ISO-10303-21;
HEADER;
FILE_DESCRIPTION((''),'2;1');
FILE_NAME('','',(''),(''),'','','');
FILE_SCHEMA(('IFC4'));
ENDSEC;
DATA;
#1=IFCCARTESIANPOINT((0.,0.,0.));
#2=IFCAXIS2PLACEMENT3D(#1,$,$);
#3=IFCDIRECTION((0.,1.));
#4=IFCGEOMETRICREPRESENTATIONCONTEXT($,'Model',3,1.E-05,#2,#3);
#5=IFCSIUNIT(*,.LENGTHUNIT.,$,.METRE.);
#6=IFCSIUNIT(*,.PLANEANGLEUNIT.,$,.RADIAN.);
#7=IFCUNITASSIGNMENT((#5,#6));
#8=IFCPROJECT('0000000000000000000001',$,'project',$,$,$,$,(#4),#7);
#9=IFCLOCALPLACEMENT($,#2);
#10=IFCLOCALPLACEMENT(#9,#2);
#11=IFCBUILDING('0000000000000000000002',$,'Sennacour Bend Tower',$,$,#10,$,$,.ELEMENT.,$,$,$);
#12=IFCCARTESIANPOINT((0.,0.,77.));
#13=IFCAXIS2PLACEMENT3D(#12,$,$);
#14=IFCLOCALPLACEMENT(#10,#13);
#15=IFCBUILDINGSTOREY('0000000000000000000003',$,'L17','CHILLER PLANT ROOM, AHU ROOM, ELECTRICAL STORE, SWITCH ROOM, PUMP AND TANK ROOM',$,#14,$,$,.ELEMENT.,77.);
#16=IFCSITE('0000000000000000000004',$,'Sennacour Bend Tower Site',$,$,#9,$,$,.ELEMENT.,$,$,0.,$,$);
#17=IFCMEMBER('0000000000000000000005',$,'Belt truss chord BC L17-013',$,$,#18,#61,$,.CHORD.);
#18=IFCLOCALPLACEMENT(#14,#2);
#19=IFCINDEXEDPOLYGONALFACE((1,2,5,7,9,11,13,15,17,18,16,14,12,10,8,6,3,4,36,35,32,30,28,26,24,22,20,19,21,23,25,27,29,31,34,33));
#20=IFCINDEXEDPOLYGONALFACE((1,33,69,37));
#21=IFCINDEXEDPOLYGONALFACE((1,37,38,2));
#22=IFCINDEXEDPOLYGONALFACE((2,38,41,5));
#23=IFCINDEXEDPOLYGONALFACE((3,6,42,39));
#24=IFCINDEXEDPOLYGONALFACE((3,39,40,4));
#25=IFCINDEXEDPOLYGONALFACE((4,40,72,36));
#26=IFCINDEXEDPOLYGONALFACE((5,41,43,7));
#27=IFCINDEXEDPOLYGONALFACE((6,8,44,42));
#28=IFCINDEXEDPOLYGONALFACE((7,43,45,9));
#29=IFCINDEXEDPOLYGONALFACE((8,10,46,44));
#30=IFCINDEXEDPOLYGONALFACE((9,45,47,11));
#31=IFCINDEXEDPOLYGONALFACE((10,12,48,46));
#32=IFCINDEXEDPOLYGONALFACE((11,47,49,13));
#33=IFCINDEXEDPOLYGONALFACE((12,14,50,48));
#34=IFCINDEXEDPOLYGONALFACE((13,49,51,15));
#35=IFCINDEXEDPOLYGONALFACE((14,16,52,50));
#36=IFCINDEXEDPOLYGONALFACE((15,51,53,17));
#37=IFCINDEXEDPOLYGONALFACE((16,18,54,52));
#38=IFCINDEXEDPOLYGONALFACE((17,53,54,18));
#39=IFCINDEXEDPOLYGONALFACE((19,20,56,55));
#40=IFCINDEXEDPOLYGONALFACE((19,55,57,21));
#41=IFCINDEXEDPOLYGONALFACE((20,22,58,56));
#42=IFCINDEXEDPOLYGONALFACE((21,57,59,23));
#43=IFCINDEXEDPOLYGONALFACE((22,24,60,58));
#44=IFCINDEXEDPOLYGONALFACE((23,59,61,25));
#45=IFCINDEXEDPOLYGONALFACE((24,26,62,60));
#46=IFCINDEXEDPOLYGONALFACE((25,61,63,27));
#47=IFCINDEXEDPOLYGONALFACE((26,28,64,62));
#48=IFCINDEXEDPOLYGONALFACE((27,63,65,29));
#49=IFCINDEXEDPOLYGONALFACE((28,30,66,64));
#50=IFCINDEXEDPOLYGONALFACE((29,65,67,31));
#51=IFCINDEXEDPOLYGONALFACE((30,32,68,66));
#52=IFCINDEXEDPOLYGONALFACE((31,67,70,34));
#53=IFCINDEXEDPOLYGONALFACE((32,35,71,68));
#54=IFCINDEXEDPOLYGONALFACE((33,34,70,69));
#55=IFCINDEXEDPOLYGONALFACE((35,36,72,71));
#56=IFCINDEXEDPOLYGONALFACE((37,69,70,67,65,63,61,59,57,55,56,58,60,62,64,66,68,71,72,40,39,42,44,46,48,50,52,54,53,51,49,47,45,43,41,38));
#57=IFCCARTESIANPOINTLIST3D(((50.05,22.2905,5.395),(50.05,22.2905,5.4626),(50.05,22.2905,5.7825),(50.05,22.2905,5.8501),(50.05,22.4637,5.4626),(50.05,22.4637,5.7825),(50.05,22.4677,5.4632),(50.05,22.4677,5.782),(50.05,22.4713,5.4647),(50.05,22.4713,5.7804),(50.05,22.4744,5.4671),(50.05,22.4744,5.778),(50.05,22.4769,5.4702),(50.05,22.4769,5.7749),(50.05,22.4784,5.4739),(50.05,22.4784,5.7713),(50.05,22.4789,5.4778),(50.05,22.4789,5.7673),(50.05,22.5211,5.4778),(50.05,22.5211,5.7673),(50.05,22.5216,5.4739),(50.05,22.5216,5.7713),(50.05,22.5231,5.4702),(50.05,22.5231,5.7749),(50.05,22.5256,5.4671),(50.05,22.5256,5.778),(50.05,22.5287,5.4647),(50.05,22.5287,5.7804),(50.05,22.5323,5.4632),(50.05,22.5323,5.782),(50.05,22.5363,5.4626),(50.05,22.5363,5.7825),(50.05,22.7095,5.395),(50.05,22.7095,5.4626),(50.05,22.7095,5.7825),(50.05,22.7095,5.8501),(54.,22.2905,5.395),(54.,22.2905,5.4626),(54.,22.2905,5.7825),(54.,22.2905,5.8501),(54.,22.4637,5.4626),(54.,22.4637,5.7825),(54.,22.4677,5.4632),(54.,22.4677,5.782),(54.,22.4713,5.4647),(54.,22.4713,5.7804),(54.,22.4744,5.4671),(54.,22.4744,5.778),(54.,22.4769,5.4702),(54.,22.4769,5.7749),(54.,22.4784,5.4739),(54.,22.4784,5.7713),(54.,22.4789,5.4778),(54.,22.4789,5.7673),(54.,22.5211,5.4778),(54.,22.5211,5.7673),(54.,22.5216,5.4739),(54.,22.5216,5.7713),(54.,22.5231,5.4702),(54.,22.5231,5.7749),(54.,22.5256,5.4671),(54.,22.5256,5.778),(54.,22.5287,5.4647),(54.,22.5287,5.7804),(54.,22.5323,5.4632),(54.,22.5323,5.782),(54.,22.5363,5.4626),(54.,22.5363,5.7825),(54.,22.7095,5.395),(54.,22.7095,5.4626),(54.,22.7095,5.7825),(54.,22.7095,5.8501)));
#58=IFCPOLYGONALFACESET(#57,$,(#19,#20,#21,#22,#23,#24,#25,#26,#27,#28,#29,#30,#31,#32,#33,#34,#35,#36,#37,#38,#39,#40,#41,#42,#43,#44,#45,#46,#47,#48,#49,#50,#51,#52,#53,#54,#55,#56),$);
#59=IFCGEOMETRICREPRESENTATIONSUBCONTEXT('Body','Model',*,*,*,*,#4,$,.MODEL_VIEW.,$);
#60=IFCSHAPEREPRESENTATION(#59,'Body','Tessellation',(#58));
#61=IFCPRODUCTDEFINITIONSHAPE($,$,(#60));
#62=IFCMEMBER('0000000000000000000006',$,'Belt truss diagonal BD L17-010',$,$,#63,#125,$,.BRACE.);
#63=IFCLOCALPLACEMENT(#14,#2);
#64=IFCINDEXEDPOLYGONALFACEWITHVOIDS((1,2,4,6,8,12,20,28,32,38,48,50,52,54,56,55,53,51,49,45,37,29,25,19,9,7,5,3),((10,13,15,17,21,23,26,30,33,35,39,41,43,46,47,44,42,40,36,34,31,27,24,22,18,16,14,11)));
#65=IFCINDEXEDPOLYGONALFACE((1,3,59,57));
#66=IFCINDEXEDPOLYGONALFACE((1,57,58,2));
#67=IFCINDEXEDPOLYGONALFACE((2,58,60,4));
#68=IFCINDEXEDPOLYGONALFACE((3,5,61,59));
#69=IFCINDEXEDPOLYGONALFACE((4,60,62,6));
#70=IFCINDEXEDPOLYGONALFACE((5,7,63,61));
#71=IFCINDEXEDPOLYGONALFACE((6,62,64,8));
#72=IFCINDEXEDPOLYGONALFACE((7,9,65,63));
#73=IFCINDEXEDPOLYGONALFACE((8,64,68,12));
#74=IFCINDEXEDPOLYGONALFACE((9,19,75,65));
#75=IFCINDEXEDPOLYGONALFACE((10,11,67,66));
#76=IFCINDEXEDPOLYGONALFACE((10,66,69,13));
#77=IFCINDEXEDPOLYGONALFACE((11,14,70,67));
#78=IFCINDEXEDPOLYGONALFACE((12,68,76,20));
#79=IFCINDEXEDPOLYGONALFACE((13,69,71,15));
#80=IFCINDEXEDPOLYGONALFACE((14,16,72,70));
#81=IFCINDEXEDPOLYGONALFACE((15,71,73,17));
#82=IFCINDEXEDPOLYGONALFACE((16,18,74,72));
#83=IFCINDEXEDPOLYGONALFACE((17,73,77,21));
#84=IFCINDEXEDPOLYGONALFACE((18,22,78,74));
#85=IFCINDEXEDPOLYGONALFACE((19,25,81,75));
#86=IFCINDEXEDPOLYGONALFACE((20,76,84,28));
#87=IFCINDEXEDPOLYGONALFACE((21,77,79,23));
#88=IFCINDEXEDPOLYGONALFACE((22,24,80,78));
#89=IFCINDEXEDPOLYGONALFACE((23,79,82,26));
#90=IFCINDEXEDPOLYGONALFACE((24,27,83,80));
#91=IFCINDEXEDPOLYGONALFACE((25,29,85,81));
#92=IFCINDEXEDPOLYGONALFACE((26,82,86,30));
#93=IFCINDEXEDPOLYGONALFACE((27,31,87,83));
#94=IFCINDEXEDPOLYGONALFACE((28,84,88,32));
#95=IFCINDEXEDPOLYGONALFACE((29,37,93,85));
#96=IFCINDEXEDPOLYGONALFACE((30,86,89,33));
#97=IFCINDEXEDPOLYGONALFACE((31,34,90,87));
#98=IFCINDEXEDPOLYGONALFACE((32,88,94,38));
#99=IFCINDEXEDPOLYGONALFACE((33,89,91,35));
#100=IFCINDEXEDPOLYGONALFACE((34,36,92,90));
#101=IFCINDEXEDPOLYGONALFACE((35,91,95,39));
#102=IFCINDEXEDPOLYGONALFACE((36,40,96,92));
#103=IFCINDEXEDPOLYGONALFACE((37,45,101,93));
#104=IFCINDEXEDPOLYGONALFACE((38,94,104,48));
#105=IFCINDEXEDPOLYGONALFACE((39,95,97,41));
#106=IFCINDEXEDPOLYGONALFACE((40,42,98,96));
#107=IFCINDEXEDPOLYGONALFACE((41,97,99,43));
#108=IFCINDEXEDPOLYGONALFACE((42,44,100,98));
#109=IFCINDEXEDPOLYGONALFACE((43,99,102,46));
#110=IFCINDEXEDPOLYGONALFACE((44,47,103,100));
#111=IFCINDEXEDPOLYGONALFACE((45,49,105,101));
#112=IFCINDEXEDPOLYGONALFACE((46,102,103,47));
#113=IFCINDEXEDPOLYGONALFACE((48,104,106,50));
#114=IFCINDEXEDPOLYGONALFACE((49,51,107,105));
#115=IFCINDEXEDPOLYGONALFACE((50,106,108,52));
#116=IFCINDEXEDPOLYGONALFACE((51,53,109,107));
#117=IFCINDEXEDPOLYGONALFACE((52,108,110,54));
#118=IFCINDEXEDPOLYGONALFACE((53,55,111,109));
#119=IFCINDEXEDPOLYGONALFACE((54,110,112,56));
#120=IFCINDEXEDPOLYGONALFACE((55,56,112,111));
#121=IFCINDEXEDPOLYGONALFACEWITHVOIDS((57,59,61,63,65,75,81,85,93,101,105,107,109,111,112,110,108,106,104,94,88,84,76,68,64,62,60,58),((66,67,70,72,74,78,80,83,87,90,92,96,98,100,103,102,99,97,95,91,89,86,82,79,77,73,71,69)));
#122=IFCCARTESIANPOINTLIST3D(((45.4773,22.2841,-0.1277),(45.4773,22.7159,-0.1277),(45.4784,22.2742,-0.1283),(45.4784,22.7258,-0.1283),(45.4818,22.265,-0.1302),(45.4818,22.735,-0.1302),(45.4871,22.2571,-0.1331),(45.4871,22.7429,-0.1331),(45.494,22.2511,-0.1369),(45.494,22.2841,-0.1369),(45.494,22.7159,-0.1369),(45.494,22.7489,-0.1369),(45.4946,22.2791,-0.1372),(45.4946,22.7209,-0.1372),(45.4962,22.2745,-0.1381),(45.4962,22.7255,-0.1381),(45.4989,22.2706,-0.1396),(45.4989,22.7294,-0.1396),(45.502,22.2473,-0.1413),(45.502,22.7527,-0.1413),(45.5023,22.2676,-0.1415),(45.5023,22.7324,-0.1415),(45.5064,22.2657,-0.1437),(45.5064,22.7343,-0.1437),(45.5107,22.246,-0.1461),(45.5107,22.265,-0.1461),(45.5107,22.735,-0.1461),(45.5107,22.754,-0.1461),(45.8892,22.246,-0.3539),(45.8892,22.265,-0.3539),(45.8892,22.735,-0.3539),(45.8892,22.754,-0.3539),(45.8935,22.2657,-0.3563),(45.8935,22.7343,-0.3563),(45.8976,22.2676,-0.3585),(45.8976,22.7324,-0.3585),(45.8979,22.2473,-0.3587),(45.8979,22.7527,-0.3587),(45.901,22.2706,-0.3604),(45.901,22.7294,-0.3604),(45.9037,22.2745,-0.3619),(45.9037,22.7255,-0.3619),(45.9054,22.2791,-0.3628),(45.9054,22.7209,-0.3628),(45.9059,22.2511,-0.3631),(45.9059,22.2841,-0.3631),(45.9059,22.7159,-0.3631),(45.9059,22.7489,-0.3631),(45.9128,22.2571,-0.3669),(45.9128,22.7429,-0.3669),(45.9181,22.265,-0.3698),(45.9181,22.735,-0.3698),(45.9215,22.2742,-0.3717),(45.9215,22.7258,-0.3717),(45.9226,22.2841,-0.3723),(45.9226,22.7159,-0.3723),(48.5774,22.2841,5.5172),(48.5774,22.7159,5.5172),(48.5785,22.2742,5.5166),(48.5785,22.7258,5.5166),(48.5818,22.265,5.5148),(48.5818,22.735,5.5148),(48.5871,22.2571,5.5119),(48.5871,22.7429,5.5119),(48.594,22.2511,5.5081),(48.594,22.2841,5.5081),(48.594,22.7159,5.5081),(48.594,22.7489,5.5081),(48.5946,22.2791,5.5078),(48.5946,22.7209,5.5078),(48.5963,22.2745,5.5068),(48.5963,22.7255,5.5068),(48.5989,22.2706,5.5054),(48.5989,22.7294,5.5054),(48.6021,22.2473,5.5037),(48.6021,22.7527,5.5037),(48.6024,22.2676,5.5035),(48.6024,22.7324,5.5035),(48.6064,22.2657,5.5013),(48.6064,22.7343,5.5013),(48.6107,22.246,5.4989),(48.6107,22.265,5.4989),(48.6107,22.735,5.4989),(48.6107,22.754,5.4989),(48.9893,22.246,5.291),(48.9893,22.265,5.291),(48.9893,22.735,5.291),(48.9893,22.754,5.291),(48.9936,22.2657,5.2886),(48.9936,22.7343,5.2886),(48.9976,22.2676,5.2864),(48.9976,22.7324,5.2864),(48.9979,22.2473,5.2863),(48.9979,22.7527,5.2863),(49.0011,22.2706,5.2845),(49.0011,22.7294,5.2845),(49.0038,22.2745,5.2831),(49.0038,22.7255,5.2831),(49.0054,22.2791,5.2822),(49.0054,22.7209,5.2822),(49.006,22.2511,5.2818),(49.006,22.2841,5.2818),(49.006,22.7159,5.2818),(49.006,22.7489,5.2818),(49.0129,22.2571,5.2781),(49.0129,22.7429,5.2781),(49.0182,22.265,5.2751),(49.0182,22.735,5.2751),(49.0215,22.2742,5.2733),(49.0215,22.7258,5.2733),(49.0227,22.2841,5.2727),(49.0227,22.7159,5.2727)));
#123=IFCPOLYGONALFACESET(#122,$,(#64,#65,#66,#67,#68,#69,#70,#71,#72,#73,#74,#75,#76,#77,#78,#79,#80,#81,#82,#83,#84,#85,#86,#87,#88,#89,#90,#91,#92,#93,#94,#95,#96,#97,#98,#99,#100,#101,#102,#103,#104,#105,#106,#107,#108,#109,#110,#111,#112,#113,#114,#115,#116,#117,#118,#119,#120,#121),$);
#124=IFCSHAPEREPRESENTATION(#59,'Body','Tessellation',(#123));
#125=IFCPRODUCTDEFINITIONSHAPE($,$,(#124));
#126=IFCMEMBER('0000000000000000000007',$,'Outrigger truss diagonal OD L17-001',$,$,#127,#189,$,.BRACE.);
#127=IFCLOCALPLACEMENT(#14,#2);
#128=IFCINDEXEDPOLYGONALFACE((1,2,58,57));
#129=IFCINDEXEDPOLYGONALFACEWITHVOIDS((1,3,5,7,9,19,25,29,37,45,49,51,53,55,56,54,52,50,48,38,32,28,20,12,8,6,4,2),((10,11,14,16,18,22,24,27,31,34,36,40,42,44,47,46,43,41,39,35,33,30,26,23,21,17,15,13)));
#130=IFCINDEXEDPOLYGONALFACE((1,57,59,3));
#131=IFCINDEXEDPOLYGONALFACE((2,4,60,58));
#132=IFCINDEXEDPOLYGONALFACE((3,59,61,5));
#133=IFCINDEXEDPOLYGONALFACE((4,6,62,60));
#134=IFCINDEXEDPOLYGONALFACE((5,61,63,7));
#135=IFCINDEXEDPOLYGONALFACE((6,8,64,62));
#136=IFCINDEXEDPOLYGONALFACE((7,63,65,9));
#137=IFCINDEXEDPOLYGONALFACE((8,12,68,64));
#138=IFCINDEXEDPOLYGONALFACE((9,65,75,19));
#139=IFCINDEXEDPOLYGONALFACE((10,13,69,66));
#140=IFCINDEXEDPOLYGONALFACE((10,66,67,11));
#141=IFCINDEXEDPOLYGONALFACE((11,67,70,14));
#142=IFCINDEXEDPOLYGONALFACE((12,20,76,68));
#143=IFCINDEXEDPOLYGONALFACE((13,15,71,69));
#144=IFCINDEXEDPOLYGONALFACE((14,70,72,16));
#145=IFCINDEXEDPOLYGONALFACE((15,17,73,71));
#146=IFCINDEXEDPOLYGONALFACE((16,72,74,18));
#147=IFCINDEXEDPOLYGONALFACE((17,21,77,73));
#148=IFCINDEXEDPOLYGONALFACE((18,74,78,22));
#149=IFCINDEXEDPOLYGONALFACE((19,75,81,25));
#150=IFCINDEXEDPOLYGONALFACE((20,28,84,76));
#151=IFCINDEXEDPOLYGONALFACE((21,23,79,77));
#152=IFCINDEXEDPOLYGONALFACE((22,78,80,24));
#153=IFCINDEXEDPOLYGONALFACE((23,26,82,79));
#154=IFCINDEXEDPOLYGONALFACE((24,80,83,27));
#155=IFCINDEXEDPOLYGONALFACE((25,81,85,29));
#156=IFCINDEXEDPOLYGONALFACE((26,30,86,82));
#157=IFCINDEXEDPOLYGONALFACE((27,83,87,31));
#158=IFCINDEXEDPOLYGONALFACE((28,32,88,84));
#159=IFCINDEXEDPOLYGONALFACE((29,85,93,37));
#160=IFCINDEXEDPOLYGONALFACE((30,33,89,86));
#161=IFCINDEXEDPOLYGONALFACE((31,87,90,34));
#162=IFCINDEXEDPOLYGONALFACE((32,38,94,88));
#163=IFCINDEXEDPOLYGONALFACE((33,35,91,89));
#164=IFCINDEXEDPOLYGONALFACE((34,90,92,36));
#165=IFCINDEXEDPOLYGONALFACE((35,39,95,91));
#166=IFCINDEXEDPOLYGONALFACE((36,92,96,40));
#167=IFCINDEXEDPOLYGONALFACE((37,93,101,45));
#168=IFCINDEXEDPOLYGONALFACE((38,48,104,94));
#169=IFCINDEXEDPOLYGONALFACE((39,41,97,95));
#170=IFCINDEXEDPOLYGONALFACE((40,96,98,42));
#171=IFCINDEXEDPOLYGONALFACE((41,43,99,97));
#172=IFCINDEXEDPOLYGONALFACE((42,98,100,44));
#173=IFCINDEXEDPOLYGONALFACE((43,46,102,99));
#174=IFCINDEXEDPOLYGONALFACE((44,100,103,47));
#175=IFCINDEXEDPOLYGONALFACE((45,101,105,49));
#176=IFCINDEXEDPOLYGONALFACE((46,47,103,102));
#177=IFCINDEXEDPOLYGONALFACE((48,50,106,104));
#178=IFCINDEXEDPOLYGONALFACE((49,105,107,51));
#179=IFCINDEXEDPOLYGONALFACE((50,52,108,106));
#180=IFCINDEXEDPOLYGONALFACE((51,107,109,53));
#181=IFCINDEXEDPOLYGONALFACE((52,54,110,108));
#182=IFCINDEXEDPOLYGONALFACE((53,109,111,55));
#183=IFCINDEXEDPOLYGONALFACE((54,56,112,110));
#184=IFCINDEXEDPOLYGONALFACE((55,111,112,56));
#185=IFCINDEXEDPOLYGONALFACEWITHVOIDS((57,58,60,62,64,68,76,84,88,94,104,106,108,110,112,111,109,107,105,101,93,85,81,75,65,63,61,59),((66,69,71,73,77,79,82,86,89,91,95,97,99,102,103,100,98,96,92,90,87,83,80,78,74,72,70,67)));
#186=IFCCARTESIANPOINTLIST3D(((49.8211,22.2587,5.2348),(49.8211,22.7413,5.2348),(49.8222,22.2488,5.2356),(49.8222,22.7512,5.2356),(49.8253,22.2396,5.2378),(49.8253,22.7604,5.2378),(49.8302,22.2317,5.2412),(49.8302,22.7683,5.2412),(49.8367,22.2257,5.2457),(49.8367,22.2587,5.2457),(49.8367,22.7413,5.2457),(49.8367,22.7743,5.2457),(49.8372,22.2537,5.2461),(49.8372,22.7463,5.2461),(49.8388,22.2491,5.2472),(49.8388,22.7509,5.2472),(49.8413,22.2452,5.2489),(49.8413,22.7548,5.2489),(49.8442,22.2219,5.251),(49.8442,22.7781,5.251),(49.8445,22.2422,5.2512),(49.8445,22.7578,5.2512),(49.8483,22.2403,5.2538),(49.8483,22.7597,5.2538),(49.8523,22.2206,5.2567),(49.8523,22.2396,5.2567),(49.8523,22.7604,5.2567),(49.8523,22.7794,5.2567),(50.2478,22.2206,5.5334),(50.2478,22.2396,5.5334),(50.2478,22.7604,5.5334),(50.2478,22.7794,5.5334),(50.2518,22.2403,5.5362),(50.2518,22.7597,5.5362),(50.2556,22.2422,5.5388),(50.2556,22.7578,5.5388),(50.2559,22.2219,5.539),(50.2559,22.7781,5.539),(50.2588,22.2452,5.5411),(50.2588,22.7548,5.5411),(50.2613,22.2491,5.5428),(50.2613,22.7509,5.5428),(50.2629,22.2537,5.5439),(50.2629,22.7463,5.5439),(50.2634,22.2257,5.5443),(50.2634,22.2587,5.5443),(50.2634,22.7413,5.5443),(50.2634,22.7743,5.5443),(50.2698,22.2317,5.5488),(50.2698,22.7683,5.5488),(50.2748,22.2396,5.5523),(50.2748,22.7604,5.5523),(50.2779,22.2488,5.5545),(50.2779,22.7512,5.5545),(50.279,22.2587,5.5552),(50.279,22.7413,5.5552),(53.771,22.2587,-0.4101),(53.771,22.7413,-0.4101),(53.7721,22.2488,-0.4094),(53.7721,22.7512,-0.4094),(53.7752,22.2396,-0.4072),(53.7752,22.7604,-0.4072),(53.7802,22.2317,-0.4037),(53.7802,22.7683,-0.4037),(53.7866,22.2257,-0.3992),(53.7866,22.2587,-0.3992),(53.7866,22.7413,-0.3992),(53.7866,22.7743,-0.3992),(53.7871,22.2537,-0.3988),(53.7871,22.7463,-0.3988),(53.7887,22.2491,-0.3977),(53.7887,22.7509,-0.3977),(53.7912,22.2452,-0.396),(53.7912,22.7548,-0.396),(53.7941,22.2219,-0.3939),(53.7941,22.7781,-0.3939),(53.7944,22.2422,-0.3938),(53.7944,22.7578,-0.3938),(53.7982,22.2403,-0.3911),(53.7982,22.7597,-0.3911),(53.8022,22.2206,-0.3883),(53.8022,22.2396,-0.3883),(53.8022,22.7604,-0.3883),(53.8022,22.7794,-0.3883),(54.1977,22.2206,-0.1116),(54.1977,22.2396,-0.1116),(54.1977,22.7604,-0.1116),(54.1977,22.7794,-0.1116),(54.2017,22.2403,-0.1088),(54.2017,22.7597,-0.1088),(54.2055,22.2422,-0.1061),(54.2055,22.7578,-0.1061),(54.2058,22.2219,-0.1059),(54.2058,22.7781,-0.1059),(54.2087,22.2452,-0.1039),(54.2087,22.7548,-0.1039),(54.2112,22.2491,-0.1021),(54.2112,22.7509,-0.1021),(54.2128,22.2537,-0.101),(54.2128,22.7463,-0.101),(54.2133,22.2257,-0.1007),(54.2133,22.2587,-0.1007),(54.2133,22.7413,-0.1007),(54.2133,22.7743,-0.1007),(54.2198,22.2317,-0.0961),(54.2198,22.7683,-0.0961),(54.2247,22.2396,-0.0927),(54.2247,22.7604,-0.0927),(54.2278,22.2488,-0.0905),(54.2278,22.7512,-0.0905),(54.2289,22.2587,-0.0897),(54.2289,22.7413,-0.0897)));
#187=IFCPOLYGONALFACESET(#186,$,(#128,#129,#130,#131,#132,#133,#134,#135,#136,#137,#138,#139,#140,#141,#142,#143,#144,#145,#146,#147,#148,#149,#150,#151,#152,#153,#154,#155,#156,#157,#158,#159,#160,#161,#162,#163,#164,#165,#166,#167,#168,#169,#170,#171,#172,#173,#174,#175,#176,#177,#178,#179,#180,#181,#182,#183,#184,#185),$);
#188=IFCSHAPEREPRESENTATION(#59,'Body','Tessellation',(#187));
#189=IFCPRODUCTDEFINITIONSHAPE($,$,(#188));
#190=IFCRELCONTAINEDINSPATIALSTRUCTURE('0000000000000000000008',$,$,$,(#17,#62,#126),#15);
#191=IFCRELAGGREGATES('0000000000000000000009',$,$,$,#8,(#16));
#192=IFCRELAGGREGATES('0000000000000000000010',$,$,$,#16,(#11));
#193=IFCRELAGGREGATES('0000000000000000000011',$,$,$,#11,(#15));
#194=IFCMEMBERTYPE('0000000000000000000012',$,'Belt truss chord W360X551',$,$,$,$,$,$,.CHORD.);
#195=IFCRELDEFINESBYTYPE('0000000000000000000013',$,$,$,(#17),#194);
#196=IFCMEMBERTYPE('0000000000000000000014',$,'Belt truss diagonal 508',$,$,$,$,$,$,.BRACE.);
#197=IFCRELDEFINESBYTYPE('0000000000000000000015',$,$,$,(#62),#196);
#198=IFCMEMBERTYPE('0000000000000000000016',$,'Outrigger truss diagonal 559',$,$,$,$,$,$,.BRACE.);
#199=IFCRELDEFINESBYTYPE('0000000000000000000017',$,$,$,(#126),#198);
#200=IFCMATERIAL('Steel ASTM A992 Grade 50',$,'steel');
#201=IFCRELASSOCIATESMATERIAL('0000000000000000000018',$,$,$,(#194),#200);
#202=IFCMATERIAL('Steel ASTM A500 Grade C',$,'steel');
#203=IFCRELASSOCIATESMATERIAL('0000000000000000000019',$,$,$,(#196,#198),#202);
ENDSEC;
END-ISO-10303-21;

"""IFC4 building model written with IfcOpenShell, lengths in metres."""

from ifc_helpers import new_model, si_unit, direction, frame, origin, origin_2d, place, context, subcontext, project, spatial, hollow_rectangle, i_section, extrude, material, material_profile, profile_set, type_object, element, save


model = new_model("IFC4")

# Units and contexts
model_context = context("Model", 3, precision=1e-05, world=origin(), true_north=direction((0.0, 1.0)))
body_context = subcontext(model_context, "Body", "Model", "MODEL_VIEW")
ifc_project = project(units=[si_unit("LENGTHUNIT", "METRE"), si_unit("PLANEANGLEUNIT", "RADIAN")], contexts=[model_context])

# Site, building, storey
site_placement = place(None, origin())
site = spatial("IfcSite", under=ifc_project, at=site_placement, Name="Sennacour Bend Tower Site", CompositionType="ELEMENT", RefElevation=0.0)
building_placement = place(site_placement, origin())
building = spatial("IfcBuilding", under=site, at=building_placement, Name="Sennacour Bend Tower", CompositionType="ELEMENT")
storey_placement = place(building_placement, frame((0.0, 0.0, 77.0)))
storey = spatial("IfcBuildingStorey", under=building, at=storey_placement, Name="L17", Description="CHILLER PLANT ROOM, AHU ROOM, ELECTRICAL STORE, SWITCH ROOM, PUMP AND TANK ROOM", CompositionType="ELEMENT", Elevation=77.0)

# Members
ifc_material_1 = material(Name="Steel ASTM A992 Grade 50", Category="steel")
ifc_material_profile_1 = material_profile(ifc_material_1, i_section(OverallWidth=0.4189, OverallDepth=0.4551, WebThickness=0.0422, FlangeThickness=0.0676, FilletRadius=0.0151, at=origin_2d()), Name="Steel ASTM A992 Grade 50", Category="steel")
ifc_profile_set_1 = profile_set([ifc_material_profile_1], Name="Steel ASTM A992 Grade 50")
member_type_1 = type_object("IfcMemberType", Name="Belt truss chord W360X551", PredefinedType="CHORD", material=ifc_profile_set_1)
member_1_placement = place(storey_placement, frame((50.05, 22.5, 5.6226), z_axis=(1.0, 0.0, 0.0), x_axis=(0.0, 1.0, 0.0)))
element("IfcMember", 1, at=member_1_placement, inside=storey, type_object=member_type_1, Name="Belt truss chord BC L17-013", PredefinedType="CHORD", context=body_context, shape_type="SweptSolid", body=[
    extrude(i_section(OverallWidth=0.4189, OverallDepth=0.4551, WebThickness=0.0422, FlangeThickness=0.0676, FilletRadius=0.0151, at=origin_2d()), origin(), (0.0, 0.0, 1.0), 3.95),
])
ifc_material_2 = material(Name="Steel ASTM A500 Grade C", Category="steel")
ifc_material_profile_2 = material_profile(ifc_material_2, hollow_rectangle(XDim=0.5081, YDim=0.5081, WallThickness=0.019, InnerFilletRadius=0.019, OuterFilletRadius=0.0381, at=origin_2d()), Name="Steel ASTM A500 Grade C", Category="steel")
ifc_profile_set_2 = profile_set([ifc_material_profile_2], Name="Steel ASTM A500 Grade C")
member_type_2 = type_object("IfcMemberType", Name="Belt truss diagonal 508", PredefinedType="BRACE", material=ifc_profile_set_2)
member_2_placement = place(storey_placement, frame((45.7, 22.5, -0.25), z_axis=(0.481363, 0.0, 0.876521), x_axis=(0.0, 1.0, 0.0)))
element("IfcMember", 2, at=member_2_placement, inside=storey, type_object=member_type_2, Name="Belt truss diagonal BD L17-010", PredefinedType="BRACE", context=body_context, shape_type="SweptSolid", body=[
    extrude(hollow_rectangle(XDim=0.5081, YDim=0.5081, WallThickness=0.019, InnerFilletRadius=0.019, OuterFilletRadius=0.0381, at=origin_2d()), origin(), (0.0, 0.0, 1.0), 6.4402),
])
ifc_material_profile_3 = material_profile(ifc_material_2, hollow_rectangle(XDim=0.5588, YDim=0.5588, WallThickness=0.019, InnerFilletRadius=0.019, OuterFilletRadius=0.0381, at=origin_2d()), Name="Steel ASTM A500 Grade C", Category="steel")
ifc_profile_set_3 = profile_set([ifc_material_profile_3], Name="Steel ASTM A500 Grade C")
member_type_3 = type_object("IfcMemberType", Name="Outrigger truss diagonal 559", PredefinedType="BRACE", material=ifc_profile_set_3)
member_3_placement = place(storey_placement, frame((50.05, 22.5, 5.395), z_axis=(0.57331, 0.0, -0.819338), x_axis=(0.0, 1.0, 0.0)))
element("IfcMember", 3, at=member_3_placement, inside=storey, type_object=member_type_3, Name="Outrigger truss diagonal OD L17-001", PredefinedType="BRACE", context=body_context, shape_type="SweptSolid", body=[
    extrude(hollow_rectangle(XDim=0.5588, YDim=0.5588, WallThickness=0.019, InnerFilletRadius=0.019, OuterFilletRadius=0.0381, at=origin_2d()), origin(), (0.0, 0.0, 1.0), 6.8896),
])

save(model, "model.ifc")
